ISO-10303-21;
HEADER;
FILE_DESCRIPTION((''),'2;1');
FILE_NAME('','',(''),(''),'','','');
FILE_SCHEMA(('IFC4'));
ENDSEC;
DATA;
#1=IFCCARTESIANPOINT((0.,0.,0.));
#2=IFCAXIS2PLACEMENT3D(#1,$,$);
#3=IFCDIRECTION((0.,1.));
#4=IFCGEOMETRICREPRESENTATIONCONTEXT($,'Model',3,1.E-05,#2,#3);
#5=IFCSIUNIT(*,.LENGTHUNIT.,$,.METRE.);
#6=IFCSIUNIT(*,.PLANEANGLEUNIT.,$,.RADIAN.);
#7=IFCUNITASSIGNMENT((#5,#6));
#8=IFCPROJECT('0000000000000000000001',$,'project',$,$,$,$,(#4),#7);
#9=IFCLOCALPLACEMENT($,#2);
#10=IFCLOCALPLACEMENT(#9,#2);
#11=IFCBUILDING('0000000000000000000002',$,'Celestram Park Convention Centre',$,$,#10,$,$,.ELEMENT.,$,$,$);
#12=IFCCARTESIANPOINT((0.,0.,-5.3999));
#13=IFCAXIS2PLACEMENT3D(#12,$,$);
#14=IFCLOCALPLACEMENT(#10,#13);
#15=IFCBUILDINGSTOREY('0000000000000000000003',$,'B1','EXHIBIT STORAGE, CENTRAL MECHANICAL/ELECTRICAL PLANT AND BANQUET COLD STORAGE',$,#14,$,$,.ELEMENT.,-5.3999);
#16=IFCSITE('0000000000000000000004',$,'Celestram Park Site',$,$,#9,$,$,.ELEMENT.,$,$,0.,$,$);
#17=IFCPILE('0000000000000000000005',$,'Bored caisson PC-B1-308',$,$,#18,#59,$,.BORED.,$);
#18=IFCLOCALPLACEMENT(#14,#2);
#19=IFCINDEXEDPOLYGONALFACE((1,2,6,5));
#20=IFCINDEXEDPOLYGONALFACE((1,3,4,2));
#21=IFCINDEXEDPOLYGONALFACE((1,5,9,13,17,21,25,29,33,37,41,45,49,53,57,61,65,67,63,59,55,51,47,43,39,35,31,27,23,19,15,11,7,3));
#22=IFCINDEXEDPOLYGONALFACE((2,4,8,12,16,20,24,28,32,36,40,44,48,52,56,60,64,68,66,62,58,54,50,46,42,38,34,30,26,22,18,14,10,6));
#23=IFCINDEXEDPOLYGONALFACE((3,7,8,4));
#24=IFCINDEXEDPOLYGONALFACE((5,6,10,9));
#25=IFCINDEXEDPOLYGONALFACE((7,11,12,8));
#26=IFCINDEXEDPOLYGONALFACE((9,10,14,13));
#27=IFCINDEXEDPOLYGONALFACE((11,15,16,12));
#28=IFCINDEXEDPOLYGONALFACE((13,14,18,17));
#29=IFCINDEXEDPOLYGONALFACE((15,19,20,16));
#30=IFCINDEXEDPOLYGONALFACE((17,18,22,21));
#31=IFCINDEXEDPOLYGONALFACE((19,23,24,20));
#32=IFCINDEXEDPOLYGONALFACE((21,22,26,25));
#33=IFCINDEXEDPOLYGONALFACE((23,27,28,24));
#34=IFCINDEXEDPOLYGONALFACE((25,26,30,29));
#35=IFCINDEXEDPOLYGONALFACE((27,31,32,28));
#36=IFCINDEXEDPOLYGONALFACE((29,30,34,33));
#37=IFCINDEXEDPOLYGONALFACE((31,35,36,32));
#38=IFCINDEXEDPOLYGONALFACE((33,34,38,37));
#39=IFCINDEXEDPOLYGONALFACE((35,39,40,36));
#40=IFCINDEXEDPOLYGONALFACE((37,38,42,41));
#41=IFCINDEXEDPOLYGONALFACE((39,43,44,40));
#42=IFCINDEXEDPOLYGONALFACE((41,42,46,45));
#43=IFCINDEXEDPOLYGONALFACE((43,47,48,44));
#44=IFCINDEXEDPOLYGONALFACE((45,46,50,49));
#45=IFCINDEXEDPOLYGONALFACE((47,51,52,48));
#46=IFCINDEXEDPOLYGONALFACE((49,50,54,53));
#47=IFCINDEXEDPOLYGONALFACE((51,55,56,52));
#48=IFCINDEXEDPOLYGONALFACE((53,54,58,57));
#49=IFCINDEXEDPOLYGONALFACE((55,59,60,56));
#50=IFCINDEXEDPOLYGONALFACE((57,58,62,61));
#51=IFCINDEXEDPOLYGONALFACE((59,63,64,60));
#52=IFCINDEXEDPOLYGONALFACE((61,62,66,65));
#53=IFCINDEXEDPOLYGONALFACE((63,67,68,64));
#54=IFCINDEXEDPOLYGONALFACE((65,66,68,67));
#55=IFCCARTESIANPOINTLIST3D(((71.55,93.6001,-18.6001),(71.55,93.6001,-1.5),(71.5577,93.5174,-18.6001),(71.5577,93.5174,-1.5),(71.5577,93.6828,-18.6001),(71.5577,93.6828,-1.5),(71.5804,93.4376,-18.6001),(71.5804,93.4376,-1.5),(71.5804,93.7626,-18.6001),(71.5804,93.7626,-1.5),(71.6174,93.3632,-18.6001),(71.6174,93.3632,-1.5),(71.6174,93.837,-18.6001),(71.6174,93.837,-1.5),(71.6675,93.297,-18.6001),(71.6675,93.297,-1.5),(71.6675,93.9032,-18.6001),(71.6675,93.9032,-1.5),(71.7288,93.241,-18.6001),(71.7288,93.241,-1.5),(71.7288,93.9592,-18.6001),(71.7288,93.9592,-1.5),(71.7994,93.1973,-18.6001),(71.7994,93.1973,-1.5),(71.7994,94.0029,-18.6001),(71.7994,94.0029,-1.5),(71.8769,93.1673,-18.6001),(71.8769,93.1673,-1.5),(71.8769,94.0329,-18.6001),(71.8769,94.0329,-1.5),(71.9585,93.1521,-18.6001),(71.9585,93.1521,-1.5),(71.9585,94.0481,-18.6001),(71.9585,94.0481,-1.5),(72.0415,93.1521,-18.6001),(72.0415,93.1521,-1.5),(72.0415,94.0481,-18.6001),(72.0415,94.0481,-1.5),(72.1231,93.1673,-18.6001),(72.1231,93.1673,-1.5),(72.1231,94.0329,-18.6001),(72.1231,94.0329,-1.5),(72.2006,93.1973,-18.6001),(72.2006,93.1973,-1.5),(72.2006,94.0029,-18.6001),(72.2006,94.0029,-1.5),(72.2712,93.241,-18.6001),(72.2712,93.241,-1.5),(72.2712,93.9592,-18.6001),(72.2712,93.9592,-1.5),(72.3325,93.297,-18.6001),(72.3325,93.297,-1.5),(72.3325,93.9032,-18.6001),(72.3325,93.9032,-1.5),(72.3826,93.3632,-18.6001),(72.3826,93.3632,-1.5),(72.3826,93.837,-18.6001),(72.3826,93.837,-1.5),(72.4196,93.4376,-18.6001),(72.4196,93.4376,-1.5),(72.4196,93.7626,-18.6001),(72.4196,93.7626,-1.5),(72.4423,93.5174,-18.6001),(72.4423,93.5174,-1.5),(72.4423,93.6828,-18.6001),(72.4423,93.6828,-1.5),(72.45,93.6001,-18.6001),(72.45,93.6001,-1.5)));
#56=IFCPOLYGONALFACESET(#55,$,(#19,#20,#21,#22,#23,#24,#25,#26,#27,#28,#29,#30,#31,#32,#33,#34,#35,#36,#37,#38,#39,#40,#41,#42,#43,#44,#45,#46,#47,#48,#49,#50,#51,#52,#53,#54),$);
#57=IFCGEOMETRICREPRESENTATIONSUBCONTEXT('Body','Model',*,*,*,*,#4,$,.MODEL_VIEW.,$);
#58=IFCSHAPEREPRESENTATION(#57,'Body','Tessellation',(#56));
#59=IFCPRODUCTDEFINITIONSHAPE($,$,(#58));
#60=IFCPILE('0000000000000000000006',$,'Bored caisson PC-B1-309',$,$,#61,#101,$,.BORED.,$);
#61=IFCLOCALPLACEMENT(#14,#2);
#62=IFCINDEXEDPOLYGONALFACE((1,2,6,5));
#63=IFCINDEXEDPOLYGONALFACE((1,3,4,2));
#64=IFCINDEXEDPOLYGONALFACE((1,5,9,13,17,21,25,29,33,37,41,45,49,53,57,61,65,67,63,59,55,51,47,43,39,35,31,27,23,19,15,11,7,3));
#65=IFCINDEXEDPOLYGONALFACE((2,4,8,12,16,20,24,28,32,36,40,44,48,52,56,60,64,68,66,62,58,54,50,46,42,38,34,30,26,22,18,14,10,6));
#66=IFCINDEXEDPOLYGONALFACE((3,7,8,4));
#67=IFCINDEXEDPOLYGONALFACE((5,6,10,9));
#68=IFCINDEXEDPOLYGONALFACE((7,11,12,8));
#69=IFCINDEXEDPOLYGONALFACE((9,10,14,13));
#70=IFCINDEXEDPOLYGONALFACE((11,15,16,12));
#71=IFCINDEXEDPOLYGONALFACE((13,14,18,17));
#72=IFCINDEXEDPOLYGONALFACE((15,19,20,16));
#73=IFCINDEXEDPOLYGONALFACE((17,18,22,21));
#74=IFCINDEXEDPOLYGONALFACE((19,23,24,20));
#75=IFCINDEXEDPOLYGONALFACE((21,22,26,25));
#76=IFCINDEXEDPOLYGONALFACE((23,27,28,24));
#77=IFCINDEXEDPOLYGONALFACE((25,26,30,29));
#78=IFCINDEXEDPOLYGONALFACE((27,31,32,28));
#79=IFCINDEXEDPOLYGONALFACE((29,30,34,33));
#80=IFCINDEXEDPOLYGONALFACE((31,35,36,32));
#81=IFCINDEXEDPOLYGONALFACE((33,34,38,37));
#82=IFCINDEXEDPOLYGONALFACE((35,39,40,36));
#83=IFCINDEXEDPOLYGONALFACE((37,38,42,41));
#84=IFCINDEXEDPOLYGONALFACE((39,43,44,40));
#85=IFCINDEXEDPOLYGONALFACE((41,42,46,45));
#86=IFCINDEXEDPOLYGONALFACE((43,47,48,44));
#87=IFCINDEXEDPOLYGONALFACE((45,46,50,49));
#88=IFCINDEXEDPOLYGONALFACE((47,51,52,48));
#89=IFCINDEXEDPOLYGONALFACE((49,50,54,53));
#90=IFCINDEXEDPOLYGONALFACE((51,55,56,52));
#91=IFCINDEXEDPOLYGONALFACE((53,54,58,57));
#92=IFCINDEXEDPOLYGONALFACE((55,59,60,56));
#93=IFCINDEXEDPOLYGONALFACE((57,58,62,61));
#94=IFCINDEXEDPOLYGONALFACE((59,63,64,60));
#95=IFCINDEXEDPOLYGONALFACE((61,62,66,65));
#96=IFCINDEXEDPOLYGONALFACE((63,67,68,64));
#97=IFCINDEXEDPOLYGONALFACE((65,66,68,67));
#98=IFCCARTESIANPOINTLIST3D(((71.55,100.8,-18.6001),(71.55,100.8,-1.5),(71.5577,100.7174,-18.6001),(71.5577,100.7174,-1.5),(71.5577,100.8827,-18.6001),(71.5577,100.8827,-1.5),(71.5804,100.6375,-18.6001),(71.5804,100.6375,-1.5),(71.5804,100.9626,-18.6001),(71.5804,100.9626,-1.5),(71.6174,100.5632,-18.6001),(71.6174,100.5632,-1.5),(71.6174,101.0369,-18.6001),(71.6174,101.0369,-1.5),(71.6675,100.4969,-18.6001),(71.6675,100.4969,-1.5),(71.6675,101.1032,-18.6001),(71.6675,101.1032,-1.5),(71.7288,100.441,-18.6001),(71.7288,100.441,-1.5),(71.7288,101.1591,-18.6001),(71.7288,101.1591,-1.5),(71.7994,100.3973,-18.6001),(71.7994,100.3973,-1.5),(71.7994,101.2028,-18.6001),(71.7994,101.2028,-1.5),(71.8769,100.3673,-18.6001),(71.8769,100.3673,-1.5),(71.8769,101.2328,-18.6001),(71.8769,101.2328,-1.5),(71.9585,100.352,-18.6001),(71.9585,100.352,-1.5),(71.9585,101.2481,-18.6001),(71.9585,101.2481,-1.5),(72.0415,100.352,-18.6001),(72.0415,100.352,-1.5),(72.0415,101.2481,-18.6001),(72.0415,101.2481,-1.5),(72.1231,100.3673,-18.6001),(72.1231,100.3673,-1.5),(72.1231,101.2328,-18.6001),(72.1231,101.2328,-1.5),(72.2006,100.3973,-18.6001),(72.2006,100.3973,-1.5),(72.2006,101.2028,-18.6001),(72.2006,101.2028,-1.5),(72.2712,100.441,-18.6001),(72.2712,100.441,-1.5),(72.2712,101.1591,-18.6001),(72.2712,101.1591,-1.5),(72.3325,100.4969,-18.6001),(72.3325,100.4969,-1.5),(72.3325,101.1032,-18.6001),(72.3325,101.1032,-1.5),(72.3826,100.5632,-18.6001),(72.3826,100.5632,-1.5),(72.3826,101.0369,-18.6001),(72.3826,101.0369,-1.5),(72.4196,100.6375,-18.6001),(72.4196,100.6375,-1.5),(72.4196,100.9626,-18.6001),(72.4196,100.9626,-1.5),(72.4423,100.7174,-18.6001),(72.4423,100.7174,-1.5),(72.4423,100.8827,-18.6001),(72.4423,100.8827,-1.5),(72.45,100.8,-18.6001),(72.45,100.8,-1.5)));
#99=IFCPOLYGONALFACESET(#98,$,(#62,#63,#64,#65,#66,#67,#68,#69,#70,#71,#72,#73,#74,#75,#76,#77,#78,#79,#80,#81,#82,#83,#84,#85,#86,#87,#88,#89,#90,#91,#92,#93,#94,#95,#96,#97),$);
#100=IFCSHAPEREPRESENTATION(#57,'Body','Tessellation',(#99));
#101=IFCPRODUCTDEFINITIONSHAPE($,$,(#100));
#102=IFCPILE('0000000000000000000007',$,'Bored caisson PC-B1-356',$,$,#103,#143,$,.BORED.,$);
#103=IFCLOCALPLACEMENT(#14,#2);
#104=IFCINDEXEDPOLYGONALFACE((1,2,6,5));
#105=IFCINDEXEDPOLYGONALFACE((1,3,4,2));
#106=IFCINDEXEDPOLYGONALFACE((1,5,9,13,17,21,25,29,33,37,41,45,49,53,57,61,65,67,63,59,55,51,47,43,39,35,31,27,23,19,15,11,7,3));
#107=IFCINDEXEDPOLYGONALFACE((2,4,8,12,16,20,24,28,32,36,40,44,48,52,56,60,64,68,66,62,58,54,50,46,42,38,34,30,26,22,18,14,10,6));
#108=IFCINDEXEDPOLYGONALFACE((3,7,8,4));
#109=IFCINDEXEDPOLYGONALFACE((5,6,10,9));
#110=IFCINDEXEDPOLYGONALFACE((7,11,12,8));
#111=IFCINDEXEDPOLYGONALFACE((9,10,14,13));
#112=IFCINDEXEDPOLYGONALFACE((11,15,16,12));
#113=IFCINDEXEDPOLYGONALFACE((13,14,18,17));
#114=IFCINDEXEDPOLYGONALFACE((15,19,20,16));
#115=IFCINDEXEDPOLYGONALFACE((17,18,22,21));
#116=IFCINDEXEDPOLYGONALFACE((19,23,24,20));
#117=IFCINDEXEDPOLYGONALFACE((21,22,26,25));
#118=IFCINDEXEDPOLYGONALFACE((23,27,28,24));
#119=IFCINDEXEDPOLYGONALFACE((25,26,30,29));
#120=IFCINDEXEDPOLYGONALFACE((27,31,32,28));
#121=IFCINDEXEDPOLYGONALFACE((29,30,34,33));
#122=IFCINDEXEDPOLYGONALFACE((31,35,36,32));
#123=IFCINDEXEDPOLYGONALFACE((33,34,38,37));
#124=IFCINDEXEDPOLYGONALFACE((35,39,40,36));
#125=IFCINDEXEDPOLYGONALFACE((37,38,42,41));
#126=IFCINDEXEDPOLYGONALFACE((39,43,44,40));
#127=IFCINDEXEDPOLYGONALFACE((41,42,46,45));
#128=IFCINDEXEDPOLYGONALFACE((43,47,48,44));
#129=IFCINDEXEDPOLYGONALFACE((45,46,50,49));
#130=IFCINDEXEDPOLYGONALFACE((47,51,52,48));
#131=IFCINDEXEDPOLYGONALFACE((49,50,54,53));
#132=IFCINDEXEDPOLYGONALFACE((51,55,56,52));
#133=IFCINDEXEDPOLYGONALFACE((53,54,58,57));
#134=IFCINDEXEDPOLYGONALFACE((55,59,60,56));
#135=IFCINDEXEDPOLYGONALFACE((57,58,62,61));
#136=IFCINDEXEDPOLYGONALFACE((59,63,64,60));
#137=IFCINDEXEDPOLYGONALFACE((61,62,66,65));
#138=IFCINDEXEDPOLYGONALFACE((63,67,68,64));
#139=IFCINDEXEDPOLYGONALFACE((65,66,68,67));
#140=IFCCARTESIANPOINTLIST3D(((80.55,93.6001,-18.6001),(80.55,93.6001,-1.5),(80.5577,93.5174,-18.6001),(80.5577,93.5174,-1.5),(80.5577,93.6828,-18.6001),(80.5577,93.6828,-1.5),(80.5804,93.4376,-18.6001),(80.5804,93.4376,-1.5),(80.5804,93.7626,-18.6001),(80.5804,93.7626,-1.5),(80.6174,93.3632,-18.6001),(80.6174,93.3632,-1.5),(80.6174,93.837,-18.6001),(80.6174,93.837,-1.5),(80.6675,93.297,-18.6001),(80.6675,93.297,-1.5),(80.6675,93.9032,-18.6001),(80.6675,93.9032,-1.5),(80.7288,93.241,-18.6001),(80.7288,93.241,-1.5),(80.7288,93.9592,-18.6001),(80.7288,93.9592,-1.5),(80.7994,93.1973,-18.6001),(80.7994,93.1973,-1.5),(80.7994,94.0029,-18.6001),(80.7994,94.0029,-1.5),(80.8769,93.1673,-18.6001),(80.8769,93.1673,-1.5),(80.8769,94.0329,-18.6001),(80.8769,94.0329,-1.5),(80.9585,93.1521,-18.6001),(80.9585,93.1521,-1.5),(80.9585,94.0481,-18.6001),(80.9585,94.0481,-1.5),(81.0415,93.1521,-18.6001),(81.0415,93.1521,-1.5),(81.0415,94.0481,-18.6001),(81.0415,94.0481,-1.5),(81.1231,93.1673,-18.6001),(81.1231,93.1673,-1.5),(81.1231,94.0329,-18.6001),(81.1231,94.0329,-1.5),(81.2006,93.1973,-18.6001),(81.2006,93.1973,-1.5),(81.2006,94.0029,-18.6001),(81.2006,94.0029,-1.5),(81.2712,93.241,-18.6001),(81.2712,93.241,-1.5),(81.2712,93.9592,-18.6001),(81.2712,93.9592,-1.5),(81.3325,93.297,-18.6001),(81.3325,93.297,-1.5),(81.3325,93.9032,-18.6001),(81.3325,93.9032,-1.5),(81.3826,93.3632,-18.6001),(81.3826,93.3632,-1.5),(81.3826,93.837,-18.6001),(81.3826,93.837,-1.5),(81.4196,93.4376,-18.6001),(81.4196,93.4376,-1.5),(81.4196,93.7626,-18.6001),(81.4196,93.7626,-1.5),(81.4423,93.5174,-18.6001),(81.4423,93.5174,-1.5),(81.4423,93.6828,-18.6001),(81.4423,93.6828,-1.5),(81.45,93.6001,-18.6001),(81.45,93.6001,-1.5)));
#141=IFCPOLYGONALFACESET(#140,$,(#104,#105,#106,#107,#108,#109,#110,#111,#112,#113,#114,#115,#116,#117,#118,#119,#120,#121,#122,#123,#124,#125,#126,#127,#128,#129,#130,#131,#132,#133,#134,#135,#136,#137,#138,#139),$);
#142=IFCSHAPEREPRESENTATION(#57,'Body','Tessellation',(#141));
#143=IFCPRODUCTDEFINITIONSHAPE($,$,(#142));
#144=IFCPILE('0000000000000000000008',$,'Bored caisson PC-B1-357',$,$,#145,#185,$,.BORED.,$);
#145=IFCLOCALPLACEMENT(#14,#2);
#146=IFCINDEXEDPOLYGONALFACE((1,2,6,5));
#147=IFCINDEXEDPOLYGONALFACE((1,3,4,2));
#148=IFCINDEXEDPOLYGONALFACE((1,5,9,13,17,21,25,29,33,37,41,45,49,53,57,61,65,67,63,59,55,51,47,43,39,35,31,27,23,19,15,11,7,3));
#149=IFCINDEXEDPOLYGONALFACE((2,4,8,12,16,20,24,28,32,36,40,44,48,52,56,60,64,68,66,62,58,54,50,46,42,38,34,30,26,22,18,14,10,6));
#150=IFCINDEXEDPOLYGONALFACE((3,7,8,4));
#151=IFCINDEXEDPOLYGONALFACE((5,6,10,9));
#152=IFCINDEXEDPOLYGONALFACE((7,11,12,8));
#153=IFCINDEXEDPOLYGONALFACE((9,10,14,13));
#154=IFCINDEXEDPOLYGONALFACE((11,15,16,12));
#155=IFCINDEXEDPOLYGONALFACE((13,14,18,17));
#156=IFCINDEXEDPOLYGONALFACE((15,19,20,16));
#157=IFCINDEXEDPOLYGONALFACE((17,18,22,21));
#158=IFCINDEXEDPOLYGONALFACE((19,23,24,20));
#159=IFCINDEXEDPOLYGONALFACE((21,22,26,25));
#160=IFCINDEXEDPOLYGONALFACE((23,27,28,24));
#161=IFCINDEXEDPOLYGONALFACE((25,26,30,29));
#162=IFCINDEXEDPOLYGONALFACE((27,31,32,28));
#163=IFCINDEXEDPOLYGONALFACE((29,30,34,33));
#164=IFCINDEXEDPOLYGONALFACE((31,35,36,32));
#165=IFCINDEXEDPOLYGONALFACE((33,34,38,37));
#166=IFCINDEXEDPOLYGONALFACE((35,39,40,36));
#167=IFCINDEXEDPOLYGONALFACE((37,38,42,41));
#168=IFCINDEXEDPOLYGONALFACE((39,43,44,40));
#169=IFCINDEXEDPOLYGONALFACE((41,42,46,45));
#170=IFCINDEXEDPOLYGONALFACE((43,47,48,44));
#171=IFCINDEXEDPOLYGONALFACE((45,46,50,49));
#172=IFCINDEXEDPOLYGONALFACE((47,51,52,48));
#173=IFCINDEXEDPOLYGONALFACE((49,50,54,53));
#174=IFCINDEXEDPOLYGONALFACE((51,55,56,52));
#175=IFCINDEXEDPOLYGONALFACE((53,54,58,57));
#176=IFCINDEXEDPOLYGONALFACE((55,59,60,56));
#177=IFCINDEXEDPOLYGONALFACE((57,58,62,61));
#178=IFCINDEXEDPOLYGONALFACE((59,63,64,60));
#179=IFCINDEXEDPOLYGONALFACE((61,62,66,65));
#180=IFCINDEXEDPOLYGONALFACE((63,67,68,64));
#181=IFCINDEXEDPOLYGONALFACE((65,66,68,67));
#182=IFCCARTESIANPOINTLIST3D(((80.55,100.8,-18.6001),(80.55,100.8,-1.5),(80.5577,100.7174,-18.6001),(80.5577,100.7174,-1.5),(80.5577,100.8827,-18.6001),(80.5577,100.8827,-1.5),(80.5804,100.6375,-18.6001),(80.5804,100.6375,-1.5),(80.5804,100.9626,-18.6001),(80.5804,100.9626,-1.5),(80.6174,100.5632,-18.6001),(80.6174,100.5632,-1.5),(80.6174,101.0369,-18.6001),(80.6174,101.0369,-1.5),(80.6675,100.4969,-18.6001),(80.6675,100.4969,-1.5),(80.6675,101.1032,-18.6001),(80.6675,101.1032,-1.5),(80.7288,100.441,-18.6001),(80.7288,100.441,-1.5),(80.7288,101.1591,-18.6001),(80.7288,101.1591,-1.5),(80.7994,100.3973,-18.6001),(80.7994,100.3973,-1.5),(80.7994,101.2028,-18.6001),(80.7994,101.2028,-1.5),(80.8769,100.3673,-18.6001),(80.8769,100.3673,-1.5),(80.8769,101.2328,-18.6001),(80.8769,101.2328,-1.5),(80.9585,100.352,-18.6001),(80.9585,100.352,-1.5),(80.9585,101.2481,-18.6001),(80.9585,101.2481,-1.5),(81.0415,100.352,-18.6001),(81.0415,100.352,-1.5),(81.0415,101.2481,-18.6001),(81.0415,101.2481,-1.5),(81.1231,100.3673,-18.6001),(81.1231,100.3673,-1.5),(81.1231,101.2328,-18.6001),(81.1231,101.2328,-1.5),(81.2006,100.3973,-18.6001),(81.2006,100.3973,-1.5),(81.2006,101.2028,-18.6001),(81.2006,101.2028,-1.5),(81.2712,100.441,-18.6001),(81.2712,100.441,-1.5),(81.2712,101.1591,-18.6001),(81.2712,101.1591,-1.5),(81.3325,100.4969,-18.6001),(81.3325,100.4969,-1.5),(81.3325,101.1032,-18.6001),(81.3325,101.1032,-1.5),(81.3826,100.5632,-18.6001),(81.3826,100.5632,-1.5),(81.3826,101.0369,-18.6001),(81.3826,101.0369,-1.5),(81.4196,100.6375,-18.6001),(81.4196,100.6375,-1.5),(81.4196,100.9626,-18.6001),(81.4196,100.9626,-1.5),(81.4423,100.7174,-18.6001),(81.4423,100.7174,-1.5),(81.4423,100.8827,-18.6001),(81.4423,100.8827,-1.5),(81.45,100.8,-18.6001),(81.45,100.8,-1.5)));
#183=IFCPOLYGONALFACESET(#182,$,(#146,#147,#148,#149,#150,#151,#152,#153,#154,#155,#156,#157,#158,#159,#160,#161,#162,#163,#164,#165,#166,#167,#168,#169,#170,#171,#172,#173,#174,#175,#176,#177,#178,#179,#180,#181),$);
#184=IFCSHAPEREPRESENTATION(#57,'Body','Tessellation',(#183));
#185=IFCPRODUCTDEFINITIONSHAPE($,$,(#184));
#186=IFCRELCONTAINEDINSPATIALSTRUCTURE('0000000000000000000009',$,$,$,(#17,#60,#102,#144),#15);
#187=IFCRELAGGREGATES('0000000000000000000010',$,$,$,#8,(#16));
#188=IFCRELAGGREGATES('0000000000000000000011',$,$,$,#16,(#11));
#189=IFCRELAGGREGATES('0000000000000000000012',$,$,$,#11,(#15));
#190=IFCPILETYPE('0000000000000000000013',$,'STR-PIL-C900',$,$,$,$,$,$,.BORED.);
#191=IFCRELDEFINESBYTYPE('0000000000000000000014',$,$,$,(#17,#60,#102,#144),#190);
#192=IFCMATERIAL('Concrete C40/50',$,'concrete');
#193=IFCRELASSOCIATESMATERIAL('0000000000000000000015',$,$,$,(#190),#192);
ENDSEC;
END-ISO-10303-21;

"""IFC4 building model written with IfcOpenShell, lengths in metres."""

from ifc_helpers import new_model, si_unit, direction, frame, origin, origin_2d, place, context, subcontext, project, spatial, circle, extrude, material, material_profile, profile_set, type_object, element, save


model = new_model("IFC4")

# Units and contexts
model_context = context("Model", 3, precision=1e-05, world=origin(), true_north=direction((0.0, 1.0)))
body_context = subcontext(model_context, "Body", "Model", "MODEL_VIEW")
ifc_project = project(units=[si_unit("LENGTHUNIT", "METRE"), si_unit("PLANEANGLEUNIT", "RADIAN")], contexts=[model_context])

# Site, building, storey
site_placement = place(None, origin())
site = spatial("IfcSite", under=ifc_project, at=site_placement, Name="Celestram Park Site", CompositionType="ELEMENT", RefElevation=0.0)
building_placement = place(site_placement, origin())
building = spatial("IfcBuilding", under=site, at=building_placement, Name="Celestram Park Convention Centre", CompositionType="ELEMENT")
storey_placement = place(building_placement, frame((0.0, 0.0, -5.3999)))
storey = spatial("IfcBuildingStorey", under=building, at=storey_placement, Name="B1", Description="EXHIBIT STORAGE, CENTRAL MECHANICAL/ELECTRICAL PLANT AND BANQUET COLD STORAGE", CompositionType="ELEMENT", Elevation=-5.3999)

# Shared definitions
ifc_material_1 = material(Name="Concrete C40/50", Category="concrete")

# Piles
ifc_material_profile_1 = material_profile(ifc_material_1, circle(Radius=0.45, at=origin_2d()), Name="CAISSON900")
ifc_profile_set_1 = profile_set([ifc_material_profile_1], Name="Concrete C40/50")
pile_type_1 = type_object("IfcPileType", Name="STR-PIL-C900", PredefinedType="BORED", material=ifc_profile_set_1)
for number, where, z_axis, x_axis, name in (
    (1, (72.0, 93.6001, -1.5), (0.0, 0.0, -1.0), (1.0, 0.0, 0.0), "Bored caisson PC-B1-308"),
    (2, (72.0, 100.8, -1.5), (0.0, 0.0, -1.0), (1.0, 0.0, 0.0), "Bored caisson PC-B1-309"),
    (3, (81.0, 93.6001, -1.5), (0.0, 0.0, -1.0), (1.0, 0.0, 0.0), "Bored caisson PC-B1-356"),
    (4, (81.0, 100.8, -1.5), (0.0, 0.0, -1.0), (1.0, 0.0, 0.0), "Bored caisson PC-B1-357"),
):
    element("IfcPile", number, at=place(storey_placement, frame(where, z_axis=z_axis, x_axis=x_axis)), inside=storey, type_object=pile_type_1, Name=name, PredefinedType="BORED", context=body_context, shape_type="SweptSolid", body=[
        extrude(circle(Radius=0.45, at=origin_2d()), origin(), (0.0, 0.0, 1.0), 17.1001),
    ])

save(model, "model.ifc")
